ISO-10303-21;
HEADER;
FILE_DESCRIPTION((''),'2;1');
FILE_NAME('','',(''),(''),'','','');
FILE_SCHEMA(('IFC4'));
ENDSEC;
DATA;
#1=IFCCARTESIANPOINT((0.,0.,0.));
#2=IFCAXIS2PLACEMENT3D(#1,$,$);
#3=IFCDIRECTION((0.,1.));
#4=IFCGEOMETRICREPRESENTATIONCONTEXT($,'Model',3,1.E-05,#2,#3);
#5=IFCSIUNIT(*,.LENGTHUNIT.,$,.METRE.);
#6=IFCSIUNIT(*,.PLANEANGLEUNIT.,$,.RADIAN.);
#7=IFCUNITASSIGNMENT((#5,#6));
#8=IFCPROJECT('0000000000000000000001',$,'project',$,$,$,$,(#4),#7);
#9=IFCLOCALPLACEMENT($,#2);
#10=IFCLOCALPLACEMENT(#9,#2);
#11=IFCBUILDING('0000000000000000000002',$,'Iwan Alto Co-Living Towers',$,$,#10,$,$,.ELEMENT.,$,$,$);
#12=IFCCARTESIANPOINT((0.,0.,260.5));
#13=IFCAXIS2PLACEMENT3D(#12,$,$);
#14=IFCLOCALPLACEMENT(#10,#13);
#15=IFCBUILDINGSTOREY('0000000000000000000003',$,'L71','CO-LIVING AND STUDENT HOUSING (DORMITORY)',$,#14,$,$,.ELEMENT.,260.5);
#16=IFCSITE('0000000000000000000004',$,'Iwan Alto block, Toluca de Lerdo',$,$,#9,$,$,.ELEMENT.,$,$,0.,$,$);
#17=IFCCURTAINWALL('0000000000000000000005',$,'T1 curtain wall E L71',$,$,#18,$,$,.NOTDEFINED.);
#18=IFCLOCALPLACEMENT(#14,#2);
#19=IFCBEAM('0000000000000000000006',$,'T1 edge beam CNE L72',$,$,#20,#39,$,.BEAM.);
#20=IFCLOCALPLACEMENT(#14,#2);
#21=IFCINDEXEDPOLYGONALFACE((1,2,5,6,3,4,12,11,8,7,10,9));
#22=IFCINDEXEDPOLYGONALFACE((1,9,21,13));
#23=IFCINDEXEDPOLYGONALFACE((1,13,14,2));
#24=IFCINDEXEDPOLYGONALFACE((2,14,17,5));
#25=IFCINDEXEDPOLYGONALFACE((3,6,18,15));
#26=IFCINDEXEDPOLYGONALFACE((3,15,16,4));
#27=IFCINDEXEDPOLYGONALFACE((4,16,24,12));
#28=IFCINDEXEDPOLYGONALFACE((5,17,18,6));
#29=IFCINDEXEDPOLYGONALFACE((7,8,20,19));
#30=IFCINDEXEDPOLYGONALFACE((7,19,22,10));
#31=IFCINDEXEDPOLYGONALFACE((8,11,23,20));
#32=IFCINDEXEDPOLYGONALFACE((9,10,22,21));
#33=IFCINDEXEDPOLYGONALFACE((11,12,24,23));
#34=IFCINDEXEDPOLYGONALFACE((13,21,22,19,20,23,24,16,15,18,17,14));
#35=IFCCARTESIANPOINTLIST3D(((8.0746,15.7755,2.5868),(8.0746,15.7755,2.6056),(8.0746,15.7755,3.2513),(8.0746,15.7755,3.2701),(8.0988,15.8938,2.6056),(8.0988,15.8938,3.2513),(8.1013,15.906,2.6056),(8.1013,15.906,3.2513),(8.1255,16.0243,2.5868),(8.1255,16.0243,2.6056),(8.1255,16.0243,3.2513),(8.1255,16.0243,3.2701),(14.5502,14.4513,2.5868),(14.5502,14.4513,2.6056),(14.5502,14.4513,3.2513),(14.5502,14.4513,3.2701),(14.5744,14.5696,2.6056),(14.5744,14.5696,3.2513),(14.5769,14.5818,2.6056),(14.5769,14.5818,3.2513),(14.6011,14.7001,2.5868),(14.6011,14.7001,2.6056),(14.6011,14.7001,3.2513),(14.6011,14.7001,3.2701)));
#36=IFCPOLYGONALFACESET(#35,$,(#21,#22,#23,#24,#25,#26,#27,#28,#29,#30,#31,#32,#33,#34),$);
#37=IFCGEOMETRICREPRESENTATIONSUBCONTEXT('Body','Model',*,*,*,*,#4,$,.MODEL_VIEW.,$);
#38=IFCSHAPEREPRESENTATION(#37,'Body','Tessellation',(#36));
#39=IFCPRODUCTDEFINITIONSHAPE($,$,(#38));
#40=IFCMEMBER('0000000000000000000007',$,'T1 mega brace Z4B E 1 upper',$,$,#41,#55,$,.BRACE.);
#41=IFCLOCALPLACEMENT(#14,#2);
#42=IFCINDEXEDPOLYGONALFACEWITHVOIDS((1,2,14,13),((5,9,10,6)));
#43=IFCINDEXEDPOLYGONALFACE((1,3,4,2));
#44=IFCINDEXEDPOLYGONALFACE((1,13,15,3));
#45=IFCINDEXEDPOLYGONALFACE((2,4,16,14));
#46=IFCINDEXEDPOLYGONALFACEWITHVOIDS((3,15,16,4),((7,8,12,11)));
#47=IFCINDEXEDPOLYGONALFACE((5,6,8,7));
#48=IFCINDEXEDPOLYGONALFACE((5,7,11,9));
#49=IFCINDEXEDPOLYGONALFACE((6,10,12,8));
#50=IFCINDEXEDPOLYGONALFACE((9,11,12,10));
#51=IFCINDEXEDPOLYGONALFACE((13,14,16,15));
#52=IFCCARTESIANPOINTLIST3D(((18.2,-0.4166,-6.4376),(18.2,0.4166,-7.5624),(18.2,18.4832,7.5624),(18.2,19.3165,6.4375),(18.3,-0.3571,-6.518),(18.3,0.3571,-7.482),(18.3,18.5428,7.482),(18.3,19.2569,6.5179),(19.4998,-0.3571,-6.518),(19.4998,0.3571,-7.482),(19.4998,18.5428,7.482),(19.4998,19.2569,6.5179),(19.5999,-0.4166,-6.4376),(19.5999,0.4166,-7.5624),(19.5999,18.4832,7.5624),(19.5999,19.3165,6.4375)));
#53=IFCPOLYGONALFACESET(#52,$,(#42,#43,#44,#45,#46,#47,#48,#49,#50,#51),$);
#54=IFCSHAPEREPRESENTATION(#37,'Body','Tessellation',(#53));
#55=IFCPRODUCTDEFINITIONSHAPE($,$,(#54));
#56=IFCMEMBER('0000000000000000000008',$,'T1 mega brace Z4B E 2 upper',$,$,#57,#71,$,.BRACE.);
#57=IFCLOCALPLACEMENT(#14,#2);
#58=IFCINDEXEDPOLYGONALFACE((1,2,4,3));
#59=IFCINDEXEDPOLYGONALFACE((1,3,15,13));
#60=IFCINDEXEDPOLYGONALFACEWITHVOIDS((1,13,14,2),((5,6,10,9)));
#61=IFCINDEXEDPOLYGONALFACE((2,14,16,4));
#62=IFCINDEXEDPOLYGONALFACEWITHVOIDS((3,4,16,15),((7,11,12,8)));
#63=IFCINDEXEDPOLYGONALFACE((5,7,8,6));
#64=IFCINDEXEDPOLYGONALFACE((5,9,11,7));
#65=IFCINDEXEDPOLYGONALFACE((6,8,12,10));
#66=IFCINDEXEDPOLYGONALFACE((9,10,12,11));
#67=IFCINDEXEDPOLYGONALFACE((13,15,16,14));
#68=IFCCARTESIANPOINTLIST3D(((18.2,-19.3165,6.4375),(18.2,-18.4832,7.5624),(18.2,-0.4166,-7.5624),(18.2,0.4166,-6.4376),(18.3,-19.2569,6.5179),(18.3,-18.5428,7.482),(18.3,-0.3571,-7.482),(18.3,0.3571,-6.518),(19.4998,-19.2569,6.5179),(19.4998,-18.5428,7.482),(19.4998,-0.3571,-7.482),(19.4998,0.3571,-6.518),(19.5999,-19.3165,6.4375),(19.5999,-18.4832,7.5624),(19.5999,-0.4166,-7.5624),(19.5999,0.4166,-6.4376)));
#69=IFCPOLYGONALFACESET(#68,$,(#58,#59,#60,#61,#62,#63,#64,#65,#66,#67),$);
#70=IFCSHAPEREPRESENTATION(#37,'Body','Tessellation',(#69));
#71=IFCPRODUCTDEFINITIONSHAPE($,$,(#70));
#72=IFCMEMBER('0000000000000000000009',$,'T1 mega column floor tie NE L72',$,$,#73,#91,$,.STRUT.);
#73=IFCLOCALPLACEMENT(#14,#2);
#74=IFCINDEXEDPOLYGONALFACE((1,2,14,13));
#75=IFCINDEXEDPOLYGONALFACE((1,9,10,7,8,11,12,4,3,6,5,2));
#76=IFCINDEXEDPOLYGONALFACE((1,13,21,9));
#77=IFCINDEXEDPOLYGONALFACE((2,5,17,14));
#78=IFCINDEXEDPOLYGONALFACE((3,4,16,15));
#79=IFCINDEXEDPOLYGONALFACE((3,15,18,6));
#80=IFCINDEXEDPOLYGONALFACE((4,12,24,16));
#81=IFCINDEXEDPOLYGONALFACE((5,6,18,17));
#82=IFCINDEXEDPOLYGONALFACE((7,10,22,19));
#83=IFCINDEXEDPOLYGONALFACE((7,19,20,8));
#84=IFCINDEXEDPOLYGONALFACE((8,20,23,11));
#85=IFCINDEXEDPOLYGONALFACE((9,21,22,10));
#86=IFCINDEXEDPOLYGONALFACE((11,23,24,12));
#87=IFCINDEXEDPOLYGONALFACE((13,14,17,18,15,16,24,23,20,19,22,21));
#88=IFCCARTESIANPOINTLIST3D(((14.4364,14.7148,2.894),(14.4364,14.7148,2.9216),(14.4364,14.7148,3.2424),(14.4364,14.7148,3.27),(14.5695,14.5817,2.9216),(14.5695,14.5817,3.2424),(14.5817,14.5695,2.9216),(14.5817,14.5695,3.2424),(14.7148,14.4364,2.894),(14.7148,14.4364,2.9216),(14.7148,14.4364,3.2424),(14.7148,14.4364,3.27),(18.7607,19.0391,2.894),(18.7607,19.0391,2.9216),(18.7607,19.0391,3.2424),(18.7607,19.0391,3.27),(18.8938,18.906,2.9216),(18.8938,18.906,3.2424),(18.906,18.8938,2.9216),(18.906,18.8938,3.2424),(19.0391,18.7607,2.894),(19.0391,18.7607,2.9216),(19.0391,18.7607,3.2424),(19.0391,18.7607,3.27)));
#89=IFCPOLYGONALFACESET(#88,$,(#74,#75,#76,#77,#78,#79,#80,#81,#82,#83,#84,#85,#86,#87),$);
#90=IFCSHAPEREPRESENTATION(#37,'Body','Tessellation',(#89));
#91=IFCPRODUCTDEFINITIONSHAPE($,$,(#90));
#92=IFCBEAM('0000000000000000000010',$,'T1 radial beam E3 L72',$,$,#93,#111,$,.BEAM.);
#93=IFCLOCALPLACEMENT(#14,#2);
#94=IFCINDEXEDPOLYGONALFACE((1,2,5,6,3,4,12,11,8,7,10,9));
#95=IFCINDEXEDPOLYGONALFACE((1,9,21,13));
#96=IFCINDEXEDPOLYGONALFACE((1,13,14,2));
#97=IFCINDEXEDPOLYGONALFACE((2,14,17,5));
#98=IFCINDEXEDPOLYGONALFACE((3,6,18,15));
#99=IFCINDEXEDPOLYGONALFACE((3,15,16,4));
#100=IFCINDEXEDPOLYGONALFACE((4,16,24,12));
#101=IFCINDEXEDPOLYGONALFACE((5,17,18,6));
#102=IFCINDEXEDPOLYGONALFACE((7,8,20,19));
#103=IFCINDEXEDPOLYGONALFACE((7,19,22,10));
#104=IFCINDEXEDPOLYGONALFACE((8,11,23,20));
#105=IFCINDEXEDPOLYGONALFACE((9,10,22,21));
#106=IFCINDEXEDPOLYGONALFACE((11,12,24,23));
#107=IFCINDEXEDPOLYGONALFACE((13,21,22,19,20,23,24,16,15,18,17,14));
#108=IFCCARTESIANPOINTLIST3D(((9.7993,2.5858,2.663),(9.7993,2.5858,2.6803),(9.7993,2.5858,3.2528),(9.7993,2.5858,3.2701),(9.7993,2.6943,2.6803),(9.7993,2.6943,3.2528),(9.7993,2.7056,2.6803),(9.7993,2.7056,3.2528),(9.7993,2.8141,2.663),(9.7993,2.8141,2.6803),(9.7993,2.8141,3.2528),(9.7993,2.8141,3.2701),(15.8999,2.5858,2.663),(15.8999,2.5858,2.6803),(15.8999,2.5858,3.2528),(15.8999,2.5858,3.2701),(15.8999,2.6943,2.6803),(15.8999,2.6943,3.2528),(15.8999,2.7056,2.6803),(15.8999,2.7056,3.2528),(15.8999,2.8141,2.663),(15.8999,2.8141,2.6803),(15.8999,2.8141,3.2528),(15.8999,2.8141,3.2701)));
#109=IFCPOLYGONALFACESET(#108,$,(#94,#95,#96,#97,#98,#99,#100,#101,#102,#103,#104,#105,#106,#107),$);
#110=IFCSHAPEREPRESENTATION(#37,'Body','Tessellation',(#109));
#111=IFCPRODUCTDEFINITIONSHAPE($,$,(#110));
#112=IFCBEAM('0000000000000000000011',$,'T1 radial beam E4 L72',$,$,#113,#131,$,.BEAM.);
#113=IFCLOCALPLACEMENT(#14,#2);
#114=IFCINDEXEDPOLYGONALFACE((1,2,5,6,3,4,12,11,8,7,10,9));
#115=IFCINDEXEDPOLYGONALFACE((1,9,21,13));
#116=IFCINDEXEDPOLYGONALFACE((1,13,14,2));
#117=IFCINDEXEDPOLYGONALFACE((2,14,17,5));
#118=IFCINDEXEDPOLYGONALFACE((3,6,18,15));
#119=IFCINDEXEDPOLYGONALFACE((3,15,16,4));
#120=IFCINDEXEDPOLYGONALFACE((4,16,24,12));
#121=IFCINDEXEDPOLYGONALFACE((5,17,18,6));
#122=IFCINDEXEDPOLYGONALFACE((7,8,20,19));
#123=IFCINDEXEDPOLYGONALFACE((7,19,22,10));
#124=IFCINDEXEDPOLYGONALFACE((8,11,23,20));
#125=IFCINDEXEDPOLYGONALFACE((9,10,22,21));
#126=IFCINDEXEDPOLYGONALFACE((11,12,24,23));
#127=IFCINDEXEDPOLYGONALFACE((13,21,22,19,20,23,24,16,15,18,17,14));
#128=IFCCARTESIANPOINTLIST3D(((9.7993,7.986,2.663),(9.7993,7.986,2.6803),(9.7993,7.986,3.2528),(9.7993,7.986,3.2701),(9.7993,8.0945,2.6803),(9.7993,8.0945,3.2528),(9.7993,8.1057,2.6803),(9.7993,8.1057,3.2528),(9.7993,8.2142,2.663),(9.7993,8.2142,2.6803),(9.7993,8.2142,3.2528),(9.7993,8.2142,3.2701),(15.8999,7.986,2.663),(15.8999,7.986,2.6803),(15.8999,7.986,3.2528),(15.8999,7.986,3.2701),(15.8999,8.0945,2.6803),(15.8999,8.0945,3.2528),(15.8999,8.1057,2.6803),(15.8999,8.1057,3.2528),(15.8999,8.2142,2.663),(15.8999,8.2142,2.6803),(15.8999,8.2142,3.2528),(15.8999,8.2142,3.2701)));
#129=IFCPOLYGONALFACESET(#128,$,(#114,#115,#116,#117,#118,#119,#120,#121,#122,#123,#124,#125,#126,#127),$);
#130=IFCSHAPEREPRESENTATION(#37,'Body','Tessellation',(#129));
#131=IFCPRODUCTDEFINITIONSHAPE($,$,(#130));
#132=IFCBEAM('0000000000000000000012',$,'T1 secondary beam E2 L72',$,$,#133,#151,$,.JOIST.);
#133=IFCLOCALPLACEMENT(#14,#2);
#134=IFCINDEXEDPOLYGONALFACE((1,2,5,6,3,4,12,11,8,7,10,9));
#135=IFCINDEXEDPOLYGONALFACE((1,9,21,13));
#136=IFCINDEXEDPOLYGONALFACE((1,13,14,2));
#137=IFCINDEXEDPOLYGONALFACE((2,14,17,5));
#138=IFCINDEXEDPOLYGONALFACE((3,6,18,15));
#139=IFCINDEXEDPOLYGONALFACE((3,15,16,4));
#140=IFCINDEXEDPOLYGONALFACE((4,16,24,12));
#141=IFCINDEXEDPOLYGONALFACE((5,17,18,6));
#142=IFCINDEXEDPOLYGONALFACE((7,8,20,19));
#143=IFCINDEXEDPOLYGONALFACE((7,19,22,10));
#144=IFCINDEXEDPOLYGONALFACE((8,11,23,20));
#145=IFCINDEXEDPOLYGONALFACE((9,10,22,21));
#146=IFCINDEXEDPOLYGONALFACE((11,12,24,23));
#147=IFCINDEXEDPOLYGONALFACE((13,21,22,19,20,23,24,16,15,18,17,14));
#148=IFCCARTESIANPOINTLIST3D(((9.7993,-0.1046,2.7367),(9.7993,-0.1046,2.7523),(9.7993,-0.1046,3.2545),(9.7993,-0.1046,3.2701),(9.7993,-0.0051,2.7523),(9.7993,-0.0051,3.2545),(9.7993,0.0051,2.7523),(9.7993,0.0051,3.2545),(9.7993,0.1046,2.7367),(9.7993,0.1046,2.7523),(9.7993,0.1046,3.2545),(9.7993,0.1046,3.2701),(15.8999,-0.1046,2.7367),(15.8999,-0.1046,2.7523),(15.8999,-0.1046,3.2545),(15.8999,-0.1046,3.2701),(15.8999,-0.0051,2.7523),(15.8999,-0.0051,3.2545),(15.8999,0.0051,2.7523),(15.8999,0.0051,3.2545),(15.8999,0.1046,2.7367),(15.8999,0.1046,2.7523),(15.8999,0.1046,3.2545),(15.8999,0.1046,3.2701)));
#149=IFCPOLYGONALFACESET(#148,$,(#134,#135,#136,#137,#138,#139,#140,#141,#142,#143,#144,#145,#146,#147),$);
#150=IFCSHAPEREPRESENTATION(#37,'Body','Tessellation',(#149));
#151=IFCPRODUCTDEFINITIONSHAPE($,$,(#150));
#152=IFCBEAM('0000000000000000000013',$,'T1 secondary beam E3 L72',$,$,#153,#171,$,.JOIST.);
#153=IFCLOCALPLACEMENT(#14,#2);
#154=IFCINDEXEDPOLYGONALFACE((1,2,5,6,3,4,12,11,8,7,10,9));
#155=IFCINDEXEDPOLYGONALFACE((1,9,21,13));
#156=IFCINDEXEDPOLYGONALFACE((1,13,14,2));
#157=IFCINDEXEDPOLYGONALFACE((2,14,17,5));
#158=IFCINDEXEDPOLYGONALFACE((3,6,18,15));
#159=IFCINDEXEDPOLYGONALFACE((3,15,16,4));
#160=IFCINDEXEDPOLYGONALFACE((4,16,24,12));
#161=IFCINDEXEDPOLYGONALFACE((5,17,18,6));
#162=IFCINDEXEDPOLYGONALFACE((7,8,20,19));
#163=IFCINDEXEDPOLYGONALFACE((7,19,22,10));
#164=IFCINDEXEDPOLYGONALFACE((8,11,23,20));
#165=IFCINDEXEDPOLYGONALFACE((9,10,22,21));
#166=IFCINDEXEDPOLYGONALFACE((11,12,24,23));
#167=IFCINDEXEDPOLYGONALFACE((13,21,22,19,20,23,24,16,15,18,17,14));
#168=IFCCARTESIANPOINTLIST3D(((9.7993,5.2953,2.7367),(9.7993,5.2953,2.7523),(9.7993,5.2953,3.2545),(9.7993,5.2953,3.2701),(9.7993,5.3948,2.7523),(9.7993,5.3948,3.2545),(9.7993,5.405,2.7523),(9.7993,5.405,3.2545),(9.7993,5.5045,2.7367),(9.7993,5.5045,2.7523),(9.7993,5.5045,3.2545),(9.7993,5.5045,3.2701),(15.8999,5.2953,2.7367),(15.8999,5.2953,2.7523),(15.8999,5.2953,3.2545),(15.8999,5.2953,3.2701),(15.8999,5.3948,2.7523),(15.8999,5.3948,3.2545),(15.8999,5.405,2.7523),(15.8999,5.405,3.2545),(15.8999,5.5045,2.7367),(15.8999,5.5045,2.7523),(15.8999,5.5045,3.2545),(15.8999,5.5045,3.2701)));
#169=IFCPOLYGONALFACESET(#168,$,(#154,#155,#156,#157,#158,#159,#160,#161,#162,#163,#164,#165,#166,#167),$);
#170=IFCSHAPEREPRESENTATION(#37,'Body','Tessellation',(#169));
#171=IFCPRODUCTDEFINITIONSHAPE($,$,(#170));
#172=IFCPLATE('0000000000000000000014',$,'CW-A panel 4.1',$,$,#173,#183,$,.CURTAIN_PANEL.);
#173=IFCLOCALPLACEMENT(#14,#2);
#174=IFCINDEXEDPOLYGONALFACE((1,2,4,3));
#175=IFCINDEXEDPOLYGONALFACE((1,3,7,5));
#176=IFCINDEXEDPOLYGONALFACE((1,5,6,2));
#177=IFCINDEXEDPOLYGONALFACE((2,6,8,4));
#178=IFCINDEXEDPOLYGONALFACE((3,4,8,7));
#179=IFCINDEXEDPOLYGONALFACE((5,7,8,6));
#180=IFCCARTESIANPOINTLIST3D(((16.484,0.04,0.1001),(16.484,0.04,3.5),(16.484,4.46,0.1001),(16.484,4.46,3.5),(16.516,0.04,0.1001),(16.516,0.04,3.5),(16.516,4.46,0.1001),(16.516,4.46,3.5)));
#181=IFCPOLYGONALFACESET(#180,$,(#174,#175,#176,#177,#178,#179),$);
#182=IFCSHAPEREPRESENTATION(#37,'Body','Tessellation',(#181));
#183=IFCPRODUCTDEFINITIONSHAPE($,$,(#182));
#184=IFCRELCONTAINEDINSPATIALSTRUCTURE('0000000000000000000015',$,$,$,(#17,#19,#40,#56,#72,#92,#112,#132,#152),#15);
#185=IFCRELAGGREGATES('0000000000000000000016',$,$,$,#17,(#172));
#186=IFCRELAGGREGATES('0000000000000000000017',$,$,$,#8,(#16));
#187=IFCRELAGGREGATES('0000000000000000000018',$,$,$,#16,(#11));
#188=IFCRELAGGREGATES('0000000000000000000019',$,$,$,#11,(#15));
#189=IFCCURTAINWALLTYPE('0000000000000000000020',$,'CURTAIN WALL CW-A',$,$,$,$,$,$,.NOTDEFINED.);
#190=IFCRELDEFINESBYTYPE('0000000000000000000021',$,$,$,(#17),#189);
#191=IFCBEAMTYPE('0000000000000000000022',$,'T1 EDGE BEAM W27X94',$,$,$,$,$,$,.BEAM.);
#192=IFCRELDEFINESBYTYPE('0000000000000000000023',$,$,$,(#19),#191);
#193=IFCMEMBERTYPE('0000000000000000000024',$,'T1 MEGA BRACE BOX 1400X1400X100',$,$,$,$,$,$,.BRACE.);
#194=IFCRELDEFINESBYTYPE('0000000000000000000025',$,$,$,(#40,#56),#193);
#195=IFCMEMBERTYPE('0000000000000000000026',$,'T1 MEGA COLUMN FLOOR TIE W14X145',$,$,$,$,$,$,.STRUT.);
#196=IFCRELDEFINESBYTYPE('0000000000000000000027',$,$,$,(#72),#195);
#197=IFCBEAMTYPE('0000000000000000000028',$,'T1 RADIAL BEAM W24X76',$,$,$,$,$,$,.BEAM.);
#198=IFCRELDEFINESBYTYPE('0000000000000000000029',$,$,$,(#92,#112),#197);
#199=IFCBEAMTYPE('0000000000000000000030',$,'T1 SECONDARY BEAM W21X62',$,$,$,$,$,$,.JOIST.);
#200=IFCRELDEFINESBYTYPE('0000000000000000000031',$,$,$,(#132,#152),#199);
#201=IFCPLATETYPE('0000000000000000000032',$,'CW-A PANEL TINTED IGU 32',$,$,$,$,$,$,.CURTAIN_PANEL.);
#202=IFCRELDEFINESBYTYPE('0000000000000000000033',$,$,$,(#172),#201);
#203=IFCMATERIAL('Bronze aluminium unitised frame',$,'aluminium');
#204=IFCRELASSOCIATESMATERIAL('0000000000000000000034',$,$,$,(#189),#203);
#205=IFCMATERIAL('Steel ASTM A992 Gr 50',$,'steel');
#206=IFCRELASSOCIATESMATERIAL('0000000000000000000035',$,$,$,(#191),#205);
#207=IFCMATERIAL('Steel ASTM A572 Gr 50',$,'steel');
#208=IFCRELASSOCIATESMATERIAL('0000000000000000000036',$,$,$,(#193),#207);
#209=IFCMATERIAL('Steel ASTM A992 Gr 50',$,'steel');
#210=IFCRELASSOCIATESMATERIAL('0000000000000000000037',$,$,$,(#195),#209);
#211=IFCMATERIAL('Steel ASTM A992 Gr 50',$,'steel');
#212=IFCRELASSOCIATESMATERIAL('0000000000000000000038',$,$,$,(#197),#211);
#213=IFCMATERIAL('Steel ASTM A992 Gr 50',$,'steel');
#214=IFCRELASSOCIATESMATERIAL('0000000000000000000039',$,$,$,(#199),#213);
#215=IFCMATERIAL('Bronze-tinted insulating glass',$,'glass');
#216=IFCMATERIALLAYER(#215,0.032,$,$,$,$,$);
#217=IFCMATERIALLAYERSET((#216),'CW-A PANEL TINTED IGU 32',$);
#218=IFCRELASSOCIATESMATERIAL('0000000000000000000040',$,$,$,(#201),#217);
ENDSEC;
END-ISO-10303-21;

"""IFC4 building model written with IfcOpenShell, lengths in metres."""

from ifc_helpers import new_model, si_unit, direction, frame, origin, origin_2d, place, context, subcontext, project, spatial, rectangle, hollow_rectangle, i_section, extrude, material, layer, layer_set, material_profile, profile_set, type_object, element, aggregate, save


model = new_model("IFC4")

# Units and contexts
model_context = context("Model", 3, precision=1e-05, world=origin(), true_north=direction((0.0, 1.0)))
body_context = subcontext(model_context, "Body", "Model", "MODEL_VIEW")
ifc_project = project(units=[si_unit("LENGTHUNIT", "METRE"), si_unit("PLANEANGLEUNIT", "RADIAN")], contexts=[model_context])

# Site, building, storey
site_placement = place(None, origin())
site = spatial("IfcSite", under=ifc_project, at=site_placement, Name="Iwan Alto block, Toluca de Lerdo", CompositionType="ELEMENT", RefElevation=0.0)
building_placement = place(site_placement, origin())
building = spatial("IfcBuilding", under=site, at=building_placement, Name="Iwan Alto Co-Living Towers", CompositionType="ELEMENT")
storey_placement = place(building_placement, frame((0.0, 0.0, 260.5)))
storey = spatial("IfcBuildingStorey", under=building, at=storey_placement, Name="L71", Description="CO-LIVING AND STUDENT HOUSING (DORMITORY)", CompositionType="ELEMENT", Elevation=260.5)

# Curtain wall
ifc_material_1 = material(Name="Bronze aluminium unitised frame", Category="aluminium")
curtain_wall_type_1 = type_object("IfcCurtainWallType", Name="CURTAIN WALL CW-A", PredefinedType="NOTDEFINED", material=ifc_material_1)
curtain_wall_1_placement = place(storey_placement, origin())
curtain_wall_1 = element("IfcCurtainWall", 1, at=curtain_wall_1_placement, inside=storey, type_object=curtain_wall_type_1, Name="T1 curtain wall E L71", PredefinedType="NOTDEFINED")

# Beam
ifc_material_2 = material(Name="Steel ASTM A992 Gr 50", Category="steel")
ifc_material_profile_1 = material_profile(ifc_material_2, i_section(OverallWidth=0.2539, OverallDepth=0.6833, WebThickness=0.0125, FlangeThickness=0.0188, at=origin_2d()), Name="W27X94")
ifc_profile_set_1 = profile_set([ifc_material_profile_1], Name="Steel ASTM A992 Gr 50")
beam_type_1 = type_object("IfcBeamType", Name="T1 EDGE BEAM W27X94", PredefinedType="BEAM", material=ifc_profile_set_1)
for number, where, z_axis, x_axis, name in (
    (2, (14.5757, 14.5757, 2.9285), (-0.979725, 0.200348, 0.0), (-0.200348, -0.979725, 0.0), "T1 edge beam CNE L72"),
):
    element("IfcBeam", number, at=place(storey_placement, frame(where, z_axis=z_axis, x_axis=x_axis)), inside=storey, type_object=beam_type_1, Name=name, PredefinedType="BEAM", context=body_context, shape_type="SweptSolid", body=[
        extrude(i_section(OverallWidth=0.2539, OverallDepth=0.6833, WebThickness=0.0125, FlangeThickness=0.0188, at=origin_2d()), origin(), (0.0, 0.0, 1.0), 6.6096),
    ])

# Members
ifc_material_3 = material(Name="Steel ASTM A572 Gr 50", Category="steel")
ifc_material_profile_2 = material_profile(ifc_material_3, hollow_rectangle(XDim=1.3999, YDim=1.3999, WallThickness=0.1001, at=origin_2d()), Name="BOX 1400X1400X100")
ifc_profile_set_2 = profile_set([ifc_material_profile_2], Name="Steel ASTM A572 Gr 50")
member_type_1 = type_object("IfcMemberType", Name="T1 MEGA BRACE BOX 1400X1400X100", PredefinedType="BRACE", material=ifc_profile_set_2)
for number, where, z_axis, x_axis, name in (
    (3, (18.8999, 0.0, -7.0), (0.0, 0.803556, 0.59523), (-1.0, 0.0, 0.0), "T1 mega brace Z4B E 1 upper"),
    (4, (18.8999, 0.0, -7.0), (0.0, -0.803556, 0.59523), (1.0, 0.0, 0.0), "T1 mega brace Z4B E 2 upper"),
):
    element("IfcMember", number, at=place(storey_placement, frame(where, z_axis=z_axis, x_axis=x_axis)), inside=storey, type_object=member_type_1, Name=name, PredefinedType="BRACE", context=body_context, shape_type="SweptSolid", body=[
        extrude(hollow_rectangle(XDim=1.3999, YDim=1.3999, WallThickness=0.1001, at=origin_2d()), origin(), (0.0, 0.0, 1.0), 23.5203),
    ])
ifc_material_4 = material(Name="Steel ASTM A992 Gr 50", Category="steel")
ifc_material_profile_3 = material_profile(ifc_material_4, i_section(OverallWidth=0.3938, OverallDepth=0.376, WebThickness=0.0173, FlangeThickness=0.0276, at=origin_2d()), Name="W14X145")
ifc_profile_set_3 = profile_set([ifc_material_profile_3], Name="Steel ASTM A992 Gr 50")
member_type_2 = type_object("IfcMemberType", Name="T1 MEGA COLUMN FLOOR TIE W14X145", PredefinedType="STRUT", material=ifc_profile_set_3)
member_1_placement = place(storey_placement, frame((18.8999, 18.8999, 3.082), z_axis=(-0.707107, -0.707107, 0.0), x_axis=(0.707107, -0.707107, 0.0)))
element("IfcMember", 5, at=member_1_placement, inside=storey, type_object=member_type_2, Name="T1 mega column floor tie NE L72", PredefinedType="STRUT", context=body_context, shape_type="SweptSolid", body=[
    extrude(i_section(OverallWidth=0.3938, OverallDepth=0.376, WebThickness=0.0173, FlangeThickness=0.0276, at=origin_2d()), origin(), (0.0, 0.0, 1.0), 6.1155),
])

# Beams
ifc_material_5 = material(Name="Steel ASTM A992 Gr 50", Category="steel")
ifc_material_profile_4 = material_profile(ifc_material_5, i_section(OverallWidth=0.2283, OverallDepth=0.6072, WebThickness=0.0112, FlangeThickness=0.0173, at=origin_2d()), Name="W24X76")
ifc_profile_set_4 = profile_set([ifc_material_profile_4], Name="Steel ASTM A992 Gr 50")
beam_type_2 = type_object("IfcBeamType", Name="T1 RADIAL BEAM W24X76", PredefinedType="BEAM", material=ifc_profile_set_4)
for number, where, z_axis, x_axis, name in (
    (6, (15.8999, 2.7, 2.9666), (-1.0, 0.0, 0.0), (0.0, -1.0, 0.0), "T1 radial beam E3 L72"),
    (7, (15.8999, 8.1001, 2.9666), (-1.0, 0.0, 0.0), (0.0, -1.0, 0.0), "T1 radial beam E4 L72"),
):
    element("IfcBeam", number, at=place(storey_placement, frame(where, z_axis=z_axis, x_axis=x_axis)), inside=storey, type_object=beam_type_2, Name=name, PredefinedType="BEAM", context=body_context, shape_type="SweptSolid", body=[
        extrude(i_section(OverallWidth=0.2283, OverallDepth=0.6072, WebThickness=0.0112, FlangeThickness=0.0173, at=origin_2d()), origin(), (0.0, 0.0, 1.0), 6.1006),
    ])
ifc_material_6 = material(Name="Steel ASTM A992 Gr 50", Category="steel")
ifc_material_profile_5 = material_profile(ifc_material_6, i_section(OverallWidth=0.2092, OverallDepth=0.5334, WebThickness=0.0103, FlangeThickness=0.0156, at=origin_2d()), Name="W21X62")
ifc_profile_set_5 = profile_set([ifc_material_profile_5], Name="Steel ASTM A992 Gr 50")
beam_type_3 = type_object("IfcBeamType", Name="T1 SECONDARY BEAM W21X62", PredefinedType="JOIST", material=ifc_profile_set_5)
for number, where, z_axis, x_axis, name in (
    (8, (15.8999, 0.0, 3.0034), (-1.0, 0.0, 0.0), (0.0, -1.0, 0.0), "T1 secondary beam E2 L72"),
    (9, (15.8999, 5.3999, 3.0034), (-1.0, 0.0, 0.0), (0.0, -1.0, 0.0), "T1 secondary beam E3 L72"),
):
    element("IfcBeam", number, at=place(storey_placement, frame(where, z_axis=z_axis, x_axis=x_axis)), inside=storey, type_object=beam_type_3, Name=name, PredefinedType="JOIST", context=body_context, shape_type="SweptSolid", body=[
        extrude(i_section(OverallWidth=0.2092, OverallDepth=0.5334, WebThickness=0.0103, FlangeThickness=0.0156, at=origin_2d()), origin(), (0.0, 0.0, 1.0), 6.1006),
    ])

# Plate
ifc_material_7 = material(Name="Bronze-tinted insulating glass", Category="glass")
ifc_layer_1 = layer(ifc_material_7, 0.032)
ifc_layer_set_1 = layer_set([ifc_layer_1], Name="CW-A PANEL TINTED IGU 32")
plate_type_1 = type_object("IfcPlateType", Name="CW-A PANEL TINTED IGU 32", PredefinedType="CURTAIN_PANEL", material=ifc_layer_set_1)
plate_1_placement = place(storey_placement, frame((16.5, 2.25, 0.1001), z_axis=(0.0, 0.0, 1.0), x_axis=(0.0, 1.0, 0.0)))
plate_1 = element("IfcPlate", 10, at=plate_1_placement, type_object=plate_type_1, Name="CW-A panel 4.1", PredefinedType="CURTAIN_PANEL", context=body_context, shape_type="SweptSolid", body=[
    extrude(rectangle(XDim=4.4199, YDim=0.032, at=origin_2d()), origin(), (0.0, 0.0, 1.0), 3.3999),
])
aggregate(curtain_wall_1, [plate_1])

save(model, "model.ifc")
